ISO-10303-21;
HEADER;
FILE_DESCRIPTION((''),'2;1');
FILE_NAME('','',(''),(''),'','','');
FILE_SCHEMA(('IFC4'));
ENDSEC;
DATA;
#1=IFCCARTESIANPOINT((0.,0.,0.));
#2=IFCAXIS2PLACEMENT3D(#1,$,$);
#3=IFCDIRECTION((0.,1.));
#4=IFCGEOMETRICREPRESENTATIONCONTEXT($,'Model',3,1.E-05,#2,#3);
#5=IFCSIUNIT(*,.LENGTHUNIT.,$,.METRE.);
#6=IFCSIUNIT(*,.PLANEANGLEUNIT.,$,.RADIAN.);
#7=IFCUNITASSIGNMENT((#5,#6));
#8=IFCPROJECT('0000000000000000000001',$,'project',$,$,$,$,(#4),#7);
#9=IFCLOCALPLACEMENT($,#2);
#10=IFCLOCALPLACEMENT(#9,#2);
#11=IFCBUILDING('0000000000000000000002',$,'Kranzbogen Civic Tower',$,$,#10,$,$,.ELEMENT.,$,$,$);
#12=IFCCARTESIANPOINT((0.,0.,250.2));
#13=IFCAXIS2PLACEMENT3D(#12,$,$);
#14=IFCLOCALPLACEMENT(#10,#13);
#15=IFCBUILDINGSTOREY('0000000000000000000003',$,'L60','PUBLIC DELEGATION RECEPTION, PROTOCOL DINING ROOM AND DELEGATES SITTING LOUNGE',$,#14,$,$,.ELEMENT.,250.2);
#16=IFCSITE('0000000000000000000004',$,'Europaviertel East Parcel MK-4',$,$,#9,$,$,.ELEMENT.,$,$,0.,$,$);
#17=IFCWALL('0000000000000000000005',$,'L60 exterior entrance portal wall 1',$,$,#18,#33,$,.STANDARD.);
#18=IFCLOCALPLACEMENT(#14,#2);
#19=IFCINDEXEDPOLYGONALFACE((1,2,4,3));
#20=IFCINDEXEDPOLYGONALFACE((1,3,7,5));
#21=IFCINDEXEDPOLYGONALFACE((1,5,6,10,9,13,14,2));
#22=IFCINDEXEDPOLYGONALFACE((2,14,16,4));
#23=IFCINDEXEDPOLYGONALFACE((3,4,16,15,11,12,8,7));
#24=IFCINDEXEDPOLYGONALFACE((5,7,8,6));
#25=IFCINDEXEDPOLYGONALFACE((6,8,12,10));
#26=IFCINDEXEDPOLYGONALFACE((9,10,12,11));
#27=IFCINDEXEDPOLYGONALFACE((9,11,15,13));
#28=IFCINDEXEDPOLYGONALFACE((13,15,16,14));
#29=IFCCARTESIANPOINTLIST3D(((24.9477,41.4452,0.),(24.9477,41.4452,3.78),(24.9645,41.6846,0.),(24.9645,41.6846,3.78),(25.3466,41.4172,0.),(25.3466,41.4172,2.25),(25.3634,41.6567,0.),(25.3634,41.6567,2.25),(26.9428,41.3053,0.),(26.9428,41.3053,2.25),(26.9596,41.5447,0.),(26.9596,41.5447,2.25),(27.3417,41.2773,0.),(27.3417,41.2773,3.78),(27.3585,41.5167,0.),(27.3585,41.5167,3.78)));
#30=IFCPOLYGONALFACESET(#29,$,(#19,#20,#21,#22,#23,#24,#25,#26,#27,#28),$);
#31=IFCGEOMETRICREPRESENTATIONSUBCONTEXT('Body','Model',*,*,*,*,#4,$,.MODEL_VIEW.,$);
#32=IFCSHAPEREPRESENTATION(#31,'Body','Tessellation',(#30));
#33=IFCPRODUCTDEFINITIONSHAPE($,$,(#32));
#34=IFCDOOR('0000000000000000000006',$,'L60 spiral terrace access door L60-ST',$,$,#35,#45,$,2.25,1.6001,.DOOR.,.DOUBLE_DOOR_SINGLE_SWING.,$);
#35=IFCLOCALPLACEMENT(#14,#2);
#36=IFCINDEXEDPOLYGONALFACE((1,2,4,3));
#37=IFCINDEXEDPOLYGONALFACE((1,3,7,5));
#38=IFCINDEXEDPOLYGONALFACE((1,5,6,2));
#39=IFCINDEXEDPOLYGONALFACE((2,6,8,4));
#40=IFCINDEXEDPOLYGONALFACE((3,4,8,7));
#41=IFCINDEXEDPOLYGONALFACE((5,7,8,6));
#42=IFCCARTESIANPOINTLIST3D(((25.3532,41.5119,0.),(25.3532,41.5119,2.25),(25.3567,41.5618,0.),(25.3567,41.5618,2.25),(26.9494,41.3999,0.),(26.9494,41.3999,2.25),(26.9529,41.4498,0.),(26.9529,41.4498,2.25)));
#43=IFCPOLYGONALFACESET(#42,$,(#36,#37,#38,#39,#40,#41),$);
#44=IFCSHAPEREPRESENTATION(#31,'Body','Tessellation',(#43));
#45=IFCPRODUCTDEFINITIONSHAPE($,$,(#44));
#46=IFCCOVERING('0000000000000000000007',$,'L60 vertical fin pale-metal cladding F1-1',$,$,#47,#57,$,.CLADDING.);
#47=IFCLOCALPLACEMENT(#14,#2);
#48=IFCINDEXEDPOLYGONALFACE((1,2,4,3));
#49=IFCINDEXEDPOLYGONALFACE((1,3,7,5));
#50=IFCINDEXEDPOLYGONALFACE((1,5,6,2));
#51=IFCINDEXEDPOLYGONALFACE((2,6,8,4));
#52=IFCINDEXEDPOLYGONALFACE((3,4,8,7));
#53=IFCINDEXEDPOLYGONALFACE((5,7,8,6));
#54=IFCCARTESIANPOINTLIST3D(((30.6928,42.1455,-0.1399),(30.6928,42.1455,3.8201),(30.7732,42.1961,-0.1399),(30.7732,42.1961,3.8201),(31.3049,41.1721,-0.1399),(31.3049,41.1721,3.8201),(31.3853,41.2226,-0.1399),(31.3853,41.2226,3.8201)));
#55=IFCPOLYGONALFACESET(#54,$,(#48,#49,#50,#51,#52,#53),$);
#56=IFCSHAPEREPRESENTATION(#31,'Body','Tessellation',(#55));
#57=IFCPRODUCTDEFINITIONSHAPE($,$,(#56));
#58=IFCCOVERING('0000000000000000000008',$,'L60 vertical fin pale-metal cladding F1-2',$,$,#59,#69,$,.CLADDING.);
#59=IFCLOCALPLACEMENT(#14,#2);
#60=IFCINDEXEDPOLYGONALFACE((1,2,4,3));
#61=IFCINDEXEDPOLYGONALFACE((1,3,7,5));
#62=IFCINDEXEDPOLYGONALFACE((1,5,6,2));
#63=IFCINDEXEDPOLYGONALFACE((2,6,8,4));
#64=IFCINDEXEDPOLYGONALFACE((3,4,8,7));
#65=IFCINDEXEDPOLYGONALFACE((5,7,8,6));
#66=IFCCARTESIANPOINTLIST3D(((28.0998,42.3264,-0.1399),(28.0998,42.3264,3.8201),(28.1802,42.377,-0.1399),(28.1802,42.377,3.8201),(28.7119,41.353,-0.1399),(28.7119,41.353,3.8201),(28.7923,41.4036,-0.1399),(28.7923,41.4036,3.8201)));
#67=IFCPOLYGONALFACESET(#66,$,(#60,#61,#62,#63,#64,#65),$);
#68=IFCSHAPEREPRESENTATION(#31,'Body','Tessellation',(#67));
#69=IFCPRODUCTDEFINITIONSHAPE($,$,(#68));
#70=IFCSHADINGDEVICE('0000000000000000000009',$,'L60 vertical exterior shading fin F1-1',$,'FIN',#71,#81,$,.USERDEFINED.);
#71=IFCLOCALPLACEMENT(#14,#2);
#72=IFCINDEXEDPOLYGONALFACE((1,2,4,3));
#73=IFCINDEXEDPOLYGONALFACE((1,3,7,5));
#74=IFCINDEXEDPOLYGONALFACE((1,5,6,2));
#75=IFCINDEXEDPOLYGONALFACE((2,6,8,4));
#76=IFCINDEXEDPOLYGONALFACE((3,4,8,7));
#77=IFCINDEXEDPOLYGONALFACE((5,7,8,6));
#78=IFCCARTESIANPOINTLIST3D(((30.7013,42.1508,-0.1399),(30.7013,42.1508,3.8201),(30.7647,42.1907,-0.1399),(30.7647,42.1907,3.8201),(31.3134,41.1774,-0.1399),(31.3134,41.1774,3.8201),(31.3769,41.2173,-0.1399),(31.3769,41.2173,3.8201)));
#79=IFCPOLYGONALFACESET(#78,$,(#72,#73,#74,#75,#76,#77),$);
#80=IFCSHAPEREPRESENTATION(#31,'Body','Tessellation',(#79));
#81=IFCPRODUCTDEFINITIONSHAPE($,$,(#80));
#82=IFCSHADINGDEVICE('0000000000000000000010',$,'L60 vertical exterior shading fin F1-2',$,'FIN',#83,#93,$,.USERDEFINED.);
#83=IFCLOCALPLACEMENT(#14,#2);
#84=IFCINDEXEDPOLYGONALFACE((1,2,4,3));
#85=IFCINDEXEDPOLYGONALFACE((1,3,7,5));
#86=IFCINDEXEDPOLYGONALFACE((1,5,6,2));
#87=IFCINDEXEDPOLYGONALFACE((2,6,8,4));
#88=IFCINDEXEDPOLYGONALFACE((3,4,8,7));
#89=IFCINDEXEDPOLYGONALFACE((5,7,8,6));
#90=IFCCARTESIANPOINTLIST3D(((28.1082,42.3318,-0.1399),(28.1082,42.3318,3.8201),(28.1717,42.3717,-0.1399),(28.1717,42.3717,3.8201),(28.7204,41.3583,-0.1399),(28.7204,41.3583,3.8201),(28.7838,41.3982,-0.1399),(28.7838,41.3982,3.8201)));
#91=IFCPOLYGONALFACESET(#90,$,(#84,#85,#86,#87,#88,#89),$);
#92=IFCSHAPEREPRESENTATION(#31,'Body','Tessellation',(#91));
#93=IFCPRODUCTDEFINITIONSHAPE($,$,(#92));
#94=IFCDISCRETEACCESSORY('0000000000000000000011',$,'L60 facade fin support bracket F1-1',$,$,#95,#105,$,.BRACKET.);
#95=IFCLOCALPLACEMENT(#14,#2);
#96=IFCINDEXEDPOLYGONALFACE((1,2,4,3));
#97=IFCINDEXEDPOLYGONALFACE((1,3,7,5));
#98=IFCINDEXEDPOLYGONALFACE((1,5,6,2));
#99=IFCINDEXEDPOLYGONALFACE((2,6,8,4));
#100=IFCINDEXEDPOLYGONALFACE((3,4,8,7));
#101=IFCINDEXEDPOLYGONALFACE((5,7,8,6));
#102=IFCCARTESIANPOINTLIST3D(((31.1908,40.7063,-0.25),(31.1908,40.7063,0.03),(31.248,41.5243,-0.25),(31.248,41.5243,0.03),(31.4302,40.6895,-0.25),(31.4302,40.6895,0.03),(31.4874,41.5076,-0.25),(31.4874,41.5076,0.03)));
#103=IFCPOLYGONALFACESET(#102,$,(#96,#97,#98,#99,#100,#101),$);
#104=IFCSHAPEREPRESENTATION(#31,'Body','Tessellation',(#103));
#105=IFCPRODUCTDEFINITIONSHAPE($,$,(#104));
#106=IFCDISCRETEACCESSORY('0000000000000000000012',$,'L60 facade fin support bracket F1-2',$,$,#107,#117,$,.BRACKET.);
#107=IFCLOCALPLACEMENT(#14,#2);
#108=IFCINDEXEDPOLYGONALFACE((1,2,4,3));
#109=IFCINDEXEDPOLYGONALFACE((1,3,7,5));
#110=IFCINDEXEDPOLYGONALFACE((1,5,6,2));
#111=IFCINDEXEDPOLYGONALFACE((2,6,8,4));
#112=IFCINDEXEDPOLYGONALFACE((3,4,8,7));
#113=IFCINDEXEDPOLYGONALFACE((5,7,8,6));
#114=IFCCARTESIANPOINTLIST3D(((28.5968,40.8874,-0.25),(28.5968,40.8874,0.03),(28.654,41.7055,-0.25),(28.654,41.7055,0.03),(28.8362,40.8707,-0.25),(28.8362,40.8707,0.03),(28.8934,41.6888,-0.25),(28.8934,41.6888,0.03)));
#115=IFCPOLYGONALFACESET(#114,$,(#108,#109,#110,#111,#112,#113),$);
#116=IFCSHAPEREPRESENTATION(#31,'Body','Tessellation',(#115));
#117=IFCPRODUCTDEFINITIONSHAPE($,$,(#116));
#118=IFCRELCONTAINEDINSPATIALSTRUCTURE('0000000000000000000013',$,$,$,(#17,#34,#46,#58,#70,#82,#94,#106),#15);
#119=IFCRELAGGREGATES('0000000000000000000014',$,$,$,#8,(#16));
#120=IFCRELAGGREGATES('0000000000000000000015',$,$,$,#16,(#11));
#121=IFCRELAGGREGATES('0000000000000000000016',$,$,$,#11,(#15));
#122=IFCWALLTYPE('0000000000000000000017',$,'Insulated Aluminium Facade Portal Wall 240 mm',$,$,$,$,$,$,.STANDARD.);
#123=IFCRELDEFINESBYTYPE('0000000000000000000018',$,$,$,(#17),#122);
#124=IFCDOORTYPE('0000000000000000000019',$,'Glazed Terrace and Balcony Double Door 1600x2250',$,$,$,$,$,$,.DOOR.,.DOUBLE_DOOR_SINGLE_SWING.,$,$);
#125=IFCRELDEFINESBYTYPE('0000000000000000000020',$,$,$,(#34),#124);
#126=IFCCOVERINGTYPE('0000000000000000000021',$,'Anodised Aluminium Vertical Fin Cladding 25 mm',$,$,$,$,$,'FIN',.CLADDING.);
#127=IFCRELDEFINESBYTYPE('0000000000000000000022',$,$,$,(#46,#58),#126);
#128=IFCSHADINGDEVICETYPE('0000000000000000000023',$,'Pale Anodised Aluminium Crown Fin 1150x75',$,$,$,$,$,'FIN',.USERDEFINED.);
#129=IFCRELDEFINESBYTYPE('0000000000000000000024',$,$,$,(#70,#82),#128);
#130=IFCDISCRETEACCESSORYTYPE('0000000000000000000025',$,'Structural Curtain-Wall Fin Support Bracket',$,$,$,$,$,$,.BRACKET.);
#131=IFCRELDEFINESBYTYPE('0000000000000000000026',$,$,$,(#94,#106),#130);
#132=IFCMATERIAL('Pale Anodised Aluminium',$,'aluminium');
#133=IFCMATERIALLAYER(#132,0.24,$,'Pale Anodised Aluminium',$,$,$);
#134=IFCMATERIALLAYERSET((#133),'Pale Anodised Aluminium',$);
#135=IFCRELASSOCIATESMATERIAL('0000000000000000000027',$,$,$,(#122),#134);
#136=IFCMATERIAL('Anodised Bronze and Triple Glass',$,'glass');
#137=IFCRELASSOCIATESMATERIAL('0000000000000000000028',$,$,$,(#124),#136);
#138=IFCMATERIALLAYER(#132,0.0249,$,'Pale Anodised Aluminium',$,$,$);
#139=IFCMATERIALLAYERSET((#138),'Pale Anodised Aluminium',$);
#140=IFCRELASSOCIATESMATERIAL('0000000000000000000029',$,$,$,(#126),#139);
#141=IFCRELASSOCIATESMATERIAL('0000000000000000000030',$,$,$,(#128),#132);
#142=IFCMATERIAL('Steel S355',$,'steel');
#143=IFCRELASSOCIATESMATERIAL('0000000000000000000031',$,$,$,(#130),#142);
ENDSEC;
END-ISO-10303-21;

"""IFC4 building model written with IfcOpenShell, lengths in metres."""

from ifc_helpers import new_model, si_unit, direction, frame, frame_2d, origin, origin_2d, place, context, subcontext, project, spatial, rectangle, extrude, material, layer, layer_set, type_object, element, fill, save


model = new_model("IFC4")

# Units and contexts
model_context = context("Model", 3, precision=1e-05, world=origin(), true_north=direction((0.0, 1.0)))
body_context = subcontext(model_context, "Body", "Model", "MODEL_VIEW")
ifc_project = project(units=[si_unit("LENGTHUNIT", "METRE"), si_unit("PLANEANGLEUNIT", "RADIAN")], contexts=[model_context])

# Site, building, storey
site_placement = place(None, origin())
site = spatial("IfcSite", under=ifc_project, at=site_placement, Name="Europaviertel East Parcel MK-4", CompositionType="ELEMENT", RefElevation=0.0)
building_placement = place(site_placement, origin())
building = spatial("IfcBuilding", under=site, at=building_placement, Name="Kranzbogen Civic Tower", CompositionType="ELEMENT")
storey_placement = place(building_placement, frame((0.0, 0.0, 250.2)))
storey = spatial("IfcBuildingStorey", under=building, at=storey_placement, Name="L60", Description="PUBLIC DELEGATION RECEPTION, PROTOCOL DINING ROOM AND DELEGATES SITTING LOUNGE", CompositionType="ELEMENT", Elevation=250.2)

# Shared definitions
ifc_material_1 = material(Name="Steel S355", Category="steel")

# Shared definitions
ifc_material_2 = material(Name="Pale Anodised Aluminium", Category="aluminium")

# Wall, opening, door
ifc_layer_1 = layer(ifc_material_2, 0.24, Name="Pale Anodised Aluminium")
ifc_layer_set_1 = layer_set([ifc_layer_1], Name="Pale Anodised Aluminium")
wall_type = type_object("IfcWallType", Name="Insulated Aluminium Facade Portal Wall 240 mm", PredefinedType="STANDARD", material=ifc_layer_set_1)
wall_placement = place(storey_placement, frame((27.3501, 41.397, 0.0), z_axis=(0.0, 0.0, 1.0), x_axis=(-0.997548, 0.069989, 0.0)))
wall = element("IfcWall", 1, at=wall_placement, inside=storey, type_object=wall_type, Name="L60 exterior entrance portal wall 1", PredefinedType="STANDARD", context=body_context, shape_type="SweptSolid", body=[
    extrude(rectangle(XDim=2.3999, YDim=0.24, at=frame_2d((1.2, 0.0))), origin(), (0.0, 0.0, 1.0), 3.78),
])
opening_placement = place(wall_placement, frame((0.3999, 0.0, 0.0)))
opening = element("IfcOpeningElement", 2, at=opening_placement, cuts=wall, PredefinedType="OPENING", context=body_context, shape_type="SweptSolid", body=[
    extrude(rectangle(XDim=1.6001, YDim=2.25, at=frame_2d((0.8, 1.125))), frame((0.0, 0.1299, 0.0), z_axis=(0.0, -1.0, 0.0), x_axis=(1.0, 0.0, 0.0)), (0.0, 0.0, 1.0), 0.26),
])
ifc_material_3 = material(Name="Anodised Bronze and Triple Glass", Category="glass")
door_type = type_object("IfcDoorType", Name="Glazed Terrace and Balcony Double Door 1600x2250", OperationType="DOUBLE_DOOR_SINGLE_SWING", PredefinedType="DOOR", material=ifc_material_3)
door_placement = place(opening_placement, frame((1.6001, 0.0, 0.0), z_axis=(0.0, 0.0, 1.0), x_axis=(-1.0, 0.0, 0.0)))
door = element("IfcDoor", 3, at=door_placement, inside=storey, type_object=door_type, Name="L60 spiral terrace access door L60-ST", OperationType="DOUBLE_DOOR_SINGLE_SWING", OverallHeight=2.25, OverallWidth=1.6001, PredefinedType="DOOR", context=body_context, shape_type="SweptSolid", body=[
    extrude(rectangle(XDim=1.6001, YDim=2.25, at=frame_2d((0.8, 1.125))), frame((0.0, 0.0249, 0.0), z_axis=(0.0, -1.0, 0.0), x_axis=(1.0, 0.0, 0.0)), (0.0, 0.0, 1.0), 0.05),
])
fill(opening, door)

# Coverings
ifc_layer_2 = layer(ifc_material_2, 0.0249, Name="Pale Anodised Aluminium")
ifc_layer_set_2 = layer_set([ifc_layer_2], Name="Pale Anodised Aluminium")
covering_type = type_object("IfcCoveringType", Name="Anodised Aluminium Vertical Fin Cladding 25 mm", ElementType="FIN", PredefinedType="CLADDING", material=ifc_layer_set_2)
for number, where, z_axis, x_axis, name in (
    (4, (31.0391, 41.6841, -0.1399), (0.0, 0.0, 1.0), (-0.532344, 0.846528, 0.0), "L60 vertical fin pale-metal cladding F1-1"),
    (5, (28.446, 41.865, -0.1399), (0.0, 0.0, 1.0), (-0.532344, 0.846528, 0.0), "L60 vertical fin pale-metal cladding F1-2"),
):
    element("IfcCovering", number, at=place(storey_placement, frame(where, z_axis=z_axis, x_axis=x_axis)), inside=storey, type_object=covering_type, Name=name, PredefinedType="CLADDING", context=body_context, shape_type="SweptSolid", body=[
        extrude(rectangle(XDim=1.1499, YDim=0.095, at=origin_2d()), origin(), (0.0, 0.0, 1.0), 3.96),
    ])

# Shading devices
shading_device_type = type_object("IfcShadingDeviceType", Name="Pale Anodised Aluminium Crown Fin 1150x75", ElementType="FIN", PredefinedType="USERDEFINED", material=ifc_material_2)
for number, where, z_axis, x_axis, name in (
    (6, (31.0391, 41.6841, -0.1399), (0.0, 0.0, 1.0), (-0.532344, 0.846528, 0.0), "L60 vertical exterior shading fin F1-1"),
    (7, (28.446, 41.865, -0.1399), (0.0, 0.0, 1.0), (-0.532344, 0.846528, 0.0), "L60 vertical exterior shading fin F1-2"),
):
    element("IfcShadingDevice", number, at=place(storey_placement, frame(where, z_axis=z_axis, x_axis=x_axis)), inside=storey, type_object=shading_device_type, Name=name, ObjectType="FIN", PredefinedType="USERDEFINED", context=body_context, shape_type="SweptSolid", body=[
        extrude(rectangle(XDim=1.1499, YDim=0.075, at=origin_2d()), origin(), (0.0, 0.0, 1.0), 3.96),
    ])

# Discrete accessories
discrete_accessory_type = type_object("IfcDiscreteAccessoryType", Name="Structural Curtain-Wall Fin Support Bracket", PredefinedType="BRACKET", material=ifc_material_1)
for number, where, z_axis, x_axis, name in (
    (8, (31.3391, 41.1069, -0.25), (0.0, 0.0, 1.0), (0.069756, 0.997564, 0.0), "L60 facade fin support bracket F1-1"),
    (9, (28.7451, 41.2881, -0.25), (0.0, 0.0, 1.0), (0.069756, 0.997564, 0.0), "L60 facade fin support bracket F1-2"),
):
    element("IfcDiscreteAccessory", number, at=place(storey_placement, frame(where, z_axis=z_axis, x_axis=x_axis)), inside=storey, type_object=discrete_accessory_type, Name=name, PredefinedType="BRACKET", context=body_context, shape_type="SweptSolid", body=[
        extrude(rectangle(XDim=0.8201, YDim=0.24, at=origin_2d()), origin(), (0.0, 0.0, 1.0), 0.28),
    ])

save(model, "model.ifc")
